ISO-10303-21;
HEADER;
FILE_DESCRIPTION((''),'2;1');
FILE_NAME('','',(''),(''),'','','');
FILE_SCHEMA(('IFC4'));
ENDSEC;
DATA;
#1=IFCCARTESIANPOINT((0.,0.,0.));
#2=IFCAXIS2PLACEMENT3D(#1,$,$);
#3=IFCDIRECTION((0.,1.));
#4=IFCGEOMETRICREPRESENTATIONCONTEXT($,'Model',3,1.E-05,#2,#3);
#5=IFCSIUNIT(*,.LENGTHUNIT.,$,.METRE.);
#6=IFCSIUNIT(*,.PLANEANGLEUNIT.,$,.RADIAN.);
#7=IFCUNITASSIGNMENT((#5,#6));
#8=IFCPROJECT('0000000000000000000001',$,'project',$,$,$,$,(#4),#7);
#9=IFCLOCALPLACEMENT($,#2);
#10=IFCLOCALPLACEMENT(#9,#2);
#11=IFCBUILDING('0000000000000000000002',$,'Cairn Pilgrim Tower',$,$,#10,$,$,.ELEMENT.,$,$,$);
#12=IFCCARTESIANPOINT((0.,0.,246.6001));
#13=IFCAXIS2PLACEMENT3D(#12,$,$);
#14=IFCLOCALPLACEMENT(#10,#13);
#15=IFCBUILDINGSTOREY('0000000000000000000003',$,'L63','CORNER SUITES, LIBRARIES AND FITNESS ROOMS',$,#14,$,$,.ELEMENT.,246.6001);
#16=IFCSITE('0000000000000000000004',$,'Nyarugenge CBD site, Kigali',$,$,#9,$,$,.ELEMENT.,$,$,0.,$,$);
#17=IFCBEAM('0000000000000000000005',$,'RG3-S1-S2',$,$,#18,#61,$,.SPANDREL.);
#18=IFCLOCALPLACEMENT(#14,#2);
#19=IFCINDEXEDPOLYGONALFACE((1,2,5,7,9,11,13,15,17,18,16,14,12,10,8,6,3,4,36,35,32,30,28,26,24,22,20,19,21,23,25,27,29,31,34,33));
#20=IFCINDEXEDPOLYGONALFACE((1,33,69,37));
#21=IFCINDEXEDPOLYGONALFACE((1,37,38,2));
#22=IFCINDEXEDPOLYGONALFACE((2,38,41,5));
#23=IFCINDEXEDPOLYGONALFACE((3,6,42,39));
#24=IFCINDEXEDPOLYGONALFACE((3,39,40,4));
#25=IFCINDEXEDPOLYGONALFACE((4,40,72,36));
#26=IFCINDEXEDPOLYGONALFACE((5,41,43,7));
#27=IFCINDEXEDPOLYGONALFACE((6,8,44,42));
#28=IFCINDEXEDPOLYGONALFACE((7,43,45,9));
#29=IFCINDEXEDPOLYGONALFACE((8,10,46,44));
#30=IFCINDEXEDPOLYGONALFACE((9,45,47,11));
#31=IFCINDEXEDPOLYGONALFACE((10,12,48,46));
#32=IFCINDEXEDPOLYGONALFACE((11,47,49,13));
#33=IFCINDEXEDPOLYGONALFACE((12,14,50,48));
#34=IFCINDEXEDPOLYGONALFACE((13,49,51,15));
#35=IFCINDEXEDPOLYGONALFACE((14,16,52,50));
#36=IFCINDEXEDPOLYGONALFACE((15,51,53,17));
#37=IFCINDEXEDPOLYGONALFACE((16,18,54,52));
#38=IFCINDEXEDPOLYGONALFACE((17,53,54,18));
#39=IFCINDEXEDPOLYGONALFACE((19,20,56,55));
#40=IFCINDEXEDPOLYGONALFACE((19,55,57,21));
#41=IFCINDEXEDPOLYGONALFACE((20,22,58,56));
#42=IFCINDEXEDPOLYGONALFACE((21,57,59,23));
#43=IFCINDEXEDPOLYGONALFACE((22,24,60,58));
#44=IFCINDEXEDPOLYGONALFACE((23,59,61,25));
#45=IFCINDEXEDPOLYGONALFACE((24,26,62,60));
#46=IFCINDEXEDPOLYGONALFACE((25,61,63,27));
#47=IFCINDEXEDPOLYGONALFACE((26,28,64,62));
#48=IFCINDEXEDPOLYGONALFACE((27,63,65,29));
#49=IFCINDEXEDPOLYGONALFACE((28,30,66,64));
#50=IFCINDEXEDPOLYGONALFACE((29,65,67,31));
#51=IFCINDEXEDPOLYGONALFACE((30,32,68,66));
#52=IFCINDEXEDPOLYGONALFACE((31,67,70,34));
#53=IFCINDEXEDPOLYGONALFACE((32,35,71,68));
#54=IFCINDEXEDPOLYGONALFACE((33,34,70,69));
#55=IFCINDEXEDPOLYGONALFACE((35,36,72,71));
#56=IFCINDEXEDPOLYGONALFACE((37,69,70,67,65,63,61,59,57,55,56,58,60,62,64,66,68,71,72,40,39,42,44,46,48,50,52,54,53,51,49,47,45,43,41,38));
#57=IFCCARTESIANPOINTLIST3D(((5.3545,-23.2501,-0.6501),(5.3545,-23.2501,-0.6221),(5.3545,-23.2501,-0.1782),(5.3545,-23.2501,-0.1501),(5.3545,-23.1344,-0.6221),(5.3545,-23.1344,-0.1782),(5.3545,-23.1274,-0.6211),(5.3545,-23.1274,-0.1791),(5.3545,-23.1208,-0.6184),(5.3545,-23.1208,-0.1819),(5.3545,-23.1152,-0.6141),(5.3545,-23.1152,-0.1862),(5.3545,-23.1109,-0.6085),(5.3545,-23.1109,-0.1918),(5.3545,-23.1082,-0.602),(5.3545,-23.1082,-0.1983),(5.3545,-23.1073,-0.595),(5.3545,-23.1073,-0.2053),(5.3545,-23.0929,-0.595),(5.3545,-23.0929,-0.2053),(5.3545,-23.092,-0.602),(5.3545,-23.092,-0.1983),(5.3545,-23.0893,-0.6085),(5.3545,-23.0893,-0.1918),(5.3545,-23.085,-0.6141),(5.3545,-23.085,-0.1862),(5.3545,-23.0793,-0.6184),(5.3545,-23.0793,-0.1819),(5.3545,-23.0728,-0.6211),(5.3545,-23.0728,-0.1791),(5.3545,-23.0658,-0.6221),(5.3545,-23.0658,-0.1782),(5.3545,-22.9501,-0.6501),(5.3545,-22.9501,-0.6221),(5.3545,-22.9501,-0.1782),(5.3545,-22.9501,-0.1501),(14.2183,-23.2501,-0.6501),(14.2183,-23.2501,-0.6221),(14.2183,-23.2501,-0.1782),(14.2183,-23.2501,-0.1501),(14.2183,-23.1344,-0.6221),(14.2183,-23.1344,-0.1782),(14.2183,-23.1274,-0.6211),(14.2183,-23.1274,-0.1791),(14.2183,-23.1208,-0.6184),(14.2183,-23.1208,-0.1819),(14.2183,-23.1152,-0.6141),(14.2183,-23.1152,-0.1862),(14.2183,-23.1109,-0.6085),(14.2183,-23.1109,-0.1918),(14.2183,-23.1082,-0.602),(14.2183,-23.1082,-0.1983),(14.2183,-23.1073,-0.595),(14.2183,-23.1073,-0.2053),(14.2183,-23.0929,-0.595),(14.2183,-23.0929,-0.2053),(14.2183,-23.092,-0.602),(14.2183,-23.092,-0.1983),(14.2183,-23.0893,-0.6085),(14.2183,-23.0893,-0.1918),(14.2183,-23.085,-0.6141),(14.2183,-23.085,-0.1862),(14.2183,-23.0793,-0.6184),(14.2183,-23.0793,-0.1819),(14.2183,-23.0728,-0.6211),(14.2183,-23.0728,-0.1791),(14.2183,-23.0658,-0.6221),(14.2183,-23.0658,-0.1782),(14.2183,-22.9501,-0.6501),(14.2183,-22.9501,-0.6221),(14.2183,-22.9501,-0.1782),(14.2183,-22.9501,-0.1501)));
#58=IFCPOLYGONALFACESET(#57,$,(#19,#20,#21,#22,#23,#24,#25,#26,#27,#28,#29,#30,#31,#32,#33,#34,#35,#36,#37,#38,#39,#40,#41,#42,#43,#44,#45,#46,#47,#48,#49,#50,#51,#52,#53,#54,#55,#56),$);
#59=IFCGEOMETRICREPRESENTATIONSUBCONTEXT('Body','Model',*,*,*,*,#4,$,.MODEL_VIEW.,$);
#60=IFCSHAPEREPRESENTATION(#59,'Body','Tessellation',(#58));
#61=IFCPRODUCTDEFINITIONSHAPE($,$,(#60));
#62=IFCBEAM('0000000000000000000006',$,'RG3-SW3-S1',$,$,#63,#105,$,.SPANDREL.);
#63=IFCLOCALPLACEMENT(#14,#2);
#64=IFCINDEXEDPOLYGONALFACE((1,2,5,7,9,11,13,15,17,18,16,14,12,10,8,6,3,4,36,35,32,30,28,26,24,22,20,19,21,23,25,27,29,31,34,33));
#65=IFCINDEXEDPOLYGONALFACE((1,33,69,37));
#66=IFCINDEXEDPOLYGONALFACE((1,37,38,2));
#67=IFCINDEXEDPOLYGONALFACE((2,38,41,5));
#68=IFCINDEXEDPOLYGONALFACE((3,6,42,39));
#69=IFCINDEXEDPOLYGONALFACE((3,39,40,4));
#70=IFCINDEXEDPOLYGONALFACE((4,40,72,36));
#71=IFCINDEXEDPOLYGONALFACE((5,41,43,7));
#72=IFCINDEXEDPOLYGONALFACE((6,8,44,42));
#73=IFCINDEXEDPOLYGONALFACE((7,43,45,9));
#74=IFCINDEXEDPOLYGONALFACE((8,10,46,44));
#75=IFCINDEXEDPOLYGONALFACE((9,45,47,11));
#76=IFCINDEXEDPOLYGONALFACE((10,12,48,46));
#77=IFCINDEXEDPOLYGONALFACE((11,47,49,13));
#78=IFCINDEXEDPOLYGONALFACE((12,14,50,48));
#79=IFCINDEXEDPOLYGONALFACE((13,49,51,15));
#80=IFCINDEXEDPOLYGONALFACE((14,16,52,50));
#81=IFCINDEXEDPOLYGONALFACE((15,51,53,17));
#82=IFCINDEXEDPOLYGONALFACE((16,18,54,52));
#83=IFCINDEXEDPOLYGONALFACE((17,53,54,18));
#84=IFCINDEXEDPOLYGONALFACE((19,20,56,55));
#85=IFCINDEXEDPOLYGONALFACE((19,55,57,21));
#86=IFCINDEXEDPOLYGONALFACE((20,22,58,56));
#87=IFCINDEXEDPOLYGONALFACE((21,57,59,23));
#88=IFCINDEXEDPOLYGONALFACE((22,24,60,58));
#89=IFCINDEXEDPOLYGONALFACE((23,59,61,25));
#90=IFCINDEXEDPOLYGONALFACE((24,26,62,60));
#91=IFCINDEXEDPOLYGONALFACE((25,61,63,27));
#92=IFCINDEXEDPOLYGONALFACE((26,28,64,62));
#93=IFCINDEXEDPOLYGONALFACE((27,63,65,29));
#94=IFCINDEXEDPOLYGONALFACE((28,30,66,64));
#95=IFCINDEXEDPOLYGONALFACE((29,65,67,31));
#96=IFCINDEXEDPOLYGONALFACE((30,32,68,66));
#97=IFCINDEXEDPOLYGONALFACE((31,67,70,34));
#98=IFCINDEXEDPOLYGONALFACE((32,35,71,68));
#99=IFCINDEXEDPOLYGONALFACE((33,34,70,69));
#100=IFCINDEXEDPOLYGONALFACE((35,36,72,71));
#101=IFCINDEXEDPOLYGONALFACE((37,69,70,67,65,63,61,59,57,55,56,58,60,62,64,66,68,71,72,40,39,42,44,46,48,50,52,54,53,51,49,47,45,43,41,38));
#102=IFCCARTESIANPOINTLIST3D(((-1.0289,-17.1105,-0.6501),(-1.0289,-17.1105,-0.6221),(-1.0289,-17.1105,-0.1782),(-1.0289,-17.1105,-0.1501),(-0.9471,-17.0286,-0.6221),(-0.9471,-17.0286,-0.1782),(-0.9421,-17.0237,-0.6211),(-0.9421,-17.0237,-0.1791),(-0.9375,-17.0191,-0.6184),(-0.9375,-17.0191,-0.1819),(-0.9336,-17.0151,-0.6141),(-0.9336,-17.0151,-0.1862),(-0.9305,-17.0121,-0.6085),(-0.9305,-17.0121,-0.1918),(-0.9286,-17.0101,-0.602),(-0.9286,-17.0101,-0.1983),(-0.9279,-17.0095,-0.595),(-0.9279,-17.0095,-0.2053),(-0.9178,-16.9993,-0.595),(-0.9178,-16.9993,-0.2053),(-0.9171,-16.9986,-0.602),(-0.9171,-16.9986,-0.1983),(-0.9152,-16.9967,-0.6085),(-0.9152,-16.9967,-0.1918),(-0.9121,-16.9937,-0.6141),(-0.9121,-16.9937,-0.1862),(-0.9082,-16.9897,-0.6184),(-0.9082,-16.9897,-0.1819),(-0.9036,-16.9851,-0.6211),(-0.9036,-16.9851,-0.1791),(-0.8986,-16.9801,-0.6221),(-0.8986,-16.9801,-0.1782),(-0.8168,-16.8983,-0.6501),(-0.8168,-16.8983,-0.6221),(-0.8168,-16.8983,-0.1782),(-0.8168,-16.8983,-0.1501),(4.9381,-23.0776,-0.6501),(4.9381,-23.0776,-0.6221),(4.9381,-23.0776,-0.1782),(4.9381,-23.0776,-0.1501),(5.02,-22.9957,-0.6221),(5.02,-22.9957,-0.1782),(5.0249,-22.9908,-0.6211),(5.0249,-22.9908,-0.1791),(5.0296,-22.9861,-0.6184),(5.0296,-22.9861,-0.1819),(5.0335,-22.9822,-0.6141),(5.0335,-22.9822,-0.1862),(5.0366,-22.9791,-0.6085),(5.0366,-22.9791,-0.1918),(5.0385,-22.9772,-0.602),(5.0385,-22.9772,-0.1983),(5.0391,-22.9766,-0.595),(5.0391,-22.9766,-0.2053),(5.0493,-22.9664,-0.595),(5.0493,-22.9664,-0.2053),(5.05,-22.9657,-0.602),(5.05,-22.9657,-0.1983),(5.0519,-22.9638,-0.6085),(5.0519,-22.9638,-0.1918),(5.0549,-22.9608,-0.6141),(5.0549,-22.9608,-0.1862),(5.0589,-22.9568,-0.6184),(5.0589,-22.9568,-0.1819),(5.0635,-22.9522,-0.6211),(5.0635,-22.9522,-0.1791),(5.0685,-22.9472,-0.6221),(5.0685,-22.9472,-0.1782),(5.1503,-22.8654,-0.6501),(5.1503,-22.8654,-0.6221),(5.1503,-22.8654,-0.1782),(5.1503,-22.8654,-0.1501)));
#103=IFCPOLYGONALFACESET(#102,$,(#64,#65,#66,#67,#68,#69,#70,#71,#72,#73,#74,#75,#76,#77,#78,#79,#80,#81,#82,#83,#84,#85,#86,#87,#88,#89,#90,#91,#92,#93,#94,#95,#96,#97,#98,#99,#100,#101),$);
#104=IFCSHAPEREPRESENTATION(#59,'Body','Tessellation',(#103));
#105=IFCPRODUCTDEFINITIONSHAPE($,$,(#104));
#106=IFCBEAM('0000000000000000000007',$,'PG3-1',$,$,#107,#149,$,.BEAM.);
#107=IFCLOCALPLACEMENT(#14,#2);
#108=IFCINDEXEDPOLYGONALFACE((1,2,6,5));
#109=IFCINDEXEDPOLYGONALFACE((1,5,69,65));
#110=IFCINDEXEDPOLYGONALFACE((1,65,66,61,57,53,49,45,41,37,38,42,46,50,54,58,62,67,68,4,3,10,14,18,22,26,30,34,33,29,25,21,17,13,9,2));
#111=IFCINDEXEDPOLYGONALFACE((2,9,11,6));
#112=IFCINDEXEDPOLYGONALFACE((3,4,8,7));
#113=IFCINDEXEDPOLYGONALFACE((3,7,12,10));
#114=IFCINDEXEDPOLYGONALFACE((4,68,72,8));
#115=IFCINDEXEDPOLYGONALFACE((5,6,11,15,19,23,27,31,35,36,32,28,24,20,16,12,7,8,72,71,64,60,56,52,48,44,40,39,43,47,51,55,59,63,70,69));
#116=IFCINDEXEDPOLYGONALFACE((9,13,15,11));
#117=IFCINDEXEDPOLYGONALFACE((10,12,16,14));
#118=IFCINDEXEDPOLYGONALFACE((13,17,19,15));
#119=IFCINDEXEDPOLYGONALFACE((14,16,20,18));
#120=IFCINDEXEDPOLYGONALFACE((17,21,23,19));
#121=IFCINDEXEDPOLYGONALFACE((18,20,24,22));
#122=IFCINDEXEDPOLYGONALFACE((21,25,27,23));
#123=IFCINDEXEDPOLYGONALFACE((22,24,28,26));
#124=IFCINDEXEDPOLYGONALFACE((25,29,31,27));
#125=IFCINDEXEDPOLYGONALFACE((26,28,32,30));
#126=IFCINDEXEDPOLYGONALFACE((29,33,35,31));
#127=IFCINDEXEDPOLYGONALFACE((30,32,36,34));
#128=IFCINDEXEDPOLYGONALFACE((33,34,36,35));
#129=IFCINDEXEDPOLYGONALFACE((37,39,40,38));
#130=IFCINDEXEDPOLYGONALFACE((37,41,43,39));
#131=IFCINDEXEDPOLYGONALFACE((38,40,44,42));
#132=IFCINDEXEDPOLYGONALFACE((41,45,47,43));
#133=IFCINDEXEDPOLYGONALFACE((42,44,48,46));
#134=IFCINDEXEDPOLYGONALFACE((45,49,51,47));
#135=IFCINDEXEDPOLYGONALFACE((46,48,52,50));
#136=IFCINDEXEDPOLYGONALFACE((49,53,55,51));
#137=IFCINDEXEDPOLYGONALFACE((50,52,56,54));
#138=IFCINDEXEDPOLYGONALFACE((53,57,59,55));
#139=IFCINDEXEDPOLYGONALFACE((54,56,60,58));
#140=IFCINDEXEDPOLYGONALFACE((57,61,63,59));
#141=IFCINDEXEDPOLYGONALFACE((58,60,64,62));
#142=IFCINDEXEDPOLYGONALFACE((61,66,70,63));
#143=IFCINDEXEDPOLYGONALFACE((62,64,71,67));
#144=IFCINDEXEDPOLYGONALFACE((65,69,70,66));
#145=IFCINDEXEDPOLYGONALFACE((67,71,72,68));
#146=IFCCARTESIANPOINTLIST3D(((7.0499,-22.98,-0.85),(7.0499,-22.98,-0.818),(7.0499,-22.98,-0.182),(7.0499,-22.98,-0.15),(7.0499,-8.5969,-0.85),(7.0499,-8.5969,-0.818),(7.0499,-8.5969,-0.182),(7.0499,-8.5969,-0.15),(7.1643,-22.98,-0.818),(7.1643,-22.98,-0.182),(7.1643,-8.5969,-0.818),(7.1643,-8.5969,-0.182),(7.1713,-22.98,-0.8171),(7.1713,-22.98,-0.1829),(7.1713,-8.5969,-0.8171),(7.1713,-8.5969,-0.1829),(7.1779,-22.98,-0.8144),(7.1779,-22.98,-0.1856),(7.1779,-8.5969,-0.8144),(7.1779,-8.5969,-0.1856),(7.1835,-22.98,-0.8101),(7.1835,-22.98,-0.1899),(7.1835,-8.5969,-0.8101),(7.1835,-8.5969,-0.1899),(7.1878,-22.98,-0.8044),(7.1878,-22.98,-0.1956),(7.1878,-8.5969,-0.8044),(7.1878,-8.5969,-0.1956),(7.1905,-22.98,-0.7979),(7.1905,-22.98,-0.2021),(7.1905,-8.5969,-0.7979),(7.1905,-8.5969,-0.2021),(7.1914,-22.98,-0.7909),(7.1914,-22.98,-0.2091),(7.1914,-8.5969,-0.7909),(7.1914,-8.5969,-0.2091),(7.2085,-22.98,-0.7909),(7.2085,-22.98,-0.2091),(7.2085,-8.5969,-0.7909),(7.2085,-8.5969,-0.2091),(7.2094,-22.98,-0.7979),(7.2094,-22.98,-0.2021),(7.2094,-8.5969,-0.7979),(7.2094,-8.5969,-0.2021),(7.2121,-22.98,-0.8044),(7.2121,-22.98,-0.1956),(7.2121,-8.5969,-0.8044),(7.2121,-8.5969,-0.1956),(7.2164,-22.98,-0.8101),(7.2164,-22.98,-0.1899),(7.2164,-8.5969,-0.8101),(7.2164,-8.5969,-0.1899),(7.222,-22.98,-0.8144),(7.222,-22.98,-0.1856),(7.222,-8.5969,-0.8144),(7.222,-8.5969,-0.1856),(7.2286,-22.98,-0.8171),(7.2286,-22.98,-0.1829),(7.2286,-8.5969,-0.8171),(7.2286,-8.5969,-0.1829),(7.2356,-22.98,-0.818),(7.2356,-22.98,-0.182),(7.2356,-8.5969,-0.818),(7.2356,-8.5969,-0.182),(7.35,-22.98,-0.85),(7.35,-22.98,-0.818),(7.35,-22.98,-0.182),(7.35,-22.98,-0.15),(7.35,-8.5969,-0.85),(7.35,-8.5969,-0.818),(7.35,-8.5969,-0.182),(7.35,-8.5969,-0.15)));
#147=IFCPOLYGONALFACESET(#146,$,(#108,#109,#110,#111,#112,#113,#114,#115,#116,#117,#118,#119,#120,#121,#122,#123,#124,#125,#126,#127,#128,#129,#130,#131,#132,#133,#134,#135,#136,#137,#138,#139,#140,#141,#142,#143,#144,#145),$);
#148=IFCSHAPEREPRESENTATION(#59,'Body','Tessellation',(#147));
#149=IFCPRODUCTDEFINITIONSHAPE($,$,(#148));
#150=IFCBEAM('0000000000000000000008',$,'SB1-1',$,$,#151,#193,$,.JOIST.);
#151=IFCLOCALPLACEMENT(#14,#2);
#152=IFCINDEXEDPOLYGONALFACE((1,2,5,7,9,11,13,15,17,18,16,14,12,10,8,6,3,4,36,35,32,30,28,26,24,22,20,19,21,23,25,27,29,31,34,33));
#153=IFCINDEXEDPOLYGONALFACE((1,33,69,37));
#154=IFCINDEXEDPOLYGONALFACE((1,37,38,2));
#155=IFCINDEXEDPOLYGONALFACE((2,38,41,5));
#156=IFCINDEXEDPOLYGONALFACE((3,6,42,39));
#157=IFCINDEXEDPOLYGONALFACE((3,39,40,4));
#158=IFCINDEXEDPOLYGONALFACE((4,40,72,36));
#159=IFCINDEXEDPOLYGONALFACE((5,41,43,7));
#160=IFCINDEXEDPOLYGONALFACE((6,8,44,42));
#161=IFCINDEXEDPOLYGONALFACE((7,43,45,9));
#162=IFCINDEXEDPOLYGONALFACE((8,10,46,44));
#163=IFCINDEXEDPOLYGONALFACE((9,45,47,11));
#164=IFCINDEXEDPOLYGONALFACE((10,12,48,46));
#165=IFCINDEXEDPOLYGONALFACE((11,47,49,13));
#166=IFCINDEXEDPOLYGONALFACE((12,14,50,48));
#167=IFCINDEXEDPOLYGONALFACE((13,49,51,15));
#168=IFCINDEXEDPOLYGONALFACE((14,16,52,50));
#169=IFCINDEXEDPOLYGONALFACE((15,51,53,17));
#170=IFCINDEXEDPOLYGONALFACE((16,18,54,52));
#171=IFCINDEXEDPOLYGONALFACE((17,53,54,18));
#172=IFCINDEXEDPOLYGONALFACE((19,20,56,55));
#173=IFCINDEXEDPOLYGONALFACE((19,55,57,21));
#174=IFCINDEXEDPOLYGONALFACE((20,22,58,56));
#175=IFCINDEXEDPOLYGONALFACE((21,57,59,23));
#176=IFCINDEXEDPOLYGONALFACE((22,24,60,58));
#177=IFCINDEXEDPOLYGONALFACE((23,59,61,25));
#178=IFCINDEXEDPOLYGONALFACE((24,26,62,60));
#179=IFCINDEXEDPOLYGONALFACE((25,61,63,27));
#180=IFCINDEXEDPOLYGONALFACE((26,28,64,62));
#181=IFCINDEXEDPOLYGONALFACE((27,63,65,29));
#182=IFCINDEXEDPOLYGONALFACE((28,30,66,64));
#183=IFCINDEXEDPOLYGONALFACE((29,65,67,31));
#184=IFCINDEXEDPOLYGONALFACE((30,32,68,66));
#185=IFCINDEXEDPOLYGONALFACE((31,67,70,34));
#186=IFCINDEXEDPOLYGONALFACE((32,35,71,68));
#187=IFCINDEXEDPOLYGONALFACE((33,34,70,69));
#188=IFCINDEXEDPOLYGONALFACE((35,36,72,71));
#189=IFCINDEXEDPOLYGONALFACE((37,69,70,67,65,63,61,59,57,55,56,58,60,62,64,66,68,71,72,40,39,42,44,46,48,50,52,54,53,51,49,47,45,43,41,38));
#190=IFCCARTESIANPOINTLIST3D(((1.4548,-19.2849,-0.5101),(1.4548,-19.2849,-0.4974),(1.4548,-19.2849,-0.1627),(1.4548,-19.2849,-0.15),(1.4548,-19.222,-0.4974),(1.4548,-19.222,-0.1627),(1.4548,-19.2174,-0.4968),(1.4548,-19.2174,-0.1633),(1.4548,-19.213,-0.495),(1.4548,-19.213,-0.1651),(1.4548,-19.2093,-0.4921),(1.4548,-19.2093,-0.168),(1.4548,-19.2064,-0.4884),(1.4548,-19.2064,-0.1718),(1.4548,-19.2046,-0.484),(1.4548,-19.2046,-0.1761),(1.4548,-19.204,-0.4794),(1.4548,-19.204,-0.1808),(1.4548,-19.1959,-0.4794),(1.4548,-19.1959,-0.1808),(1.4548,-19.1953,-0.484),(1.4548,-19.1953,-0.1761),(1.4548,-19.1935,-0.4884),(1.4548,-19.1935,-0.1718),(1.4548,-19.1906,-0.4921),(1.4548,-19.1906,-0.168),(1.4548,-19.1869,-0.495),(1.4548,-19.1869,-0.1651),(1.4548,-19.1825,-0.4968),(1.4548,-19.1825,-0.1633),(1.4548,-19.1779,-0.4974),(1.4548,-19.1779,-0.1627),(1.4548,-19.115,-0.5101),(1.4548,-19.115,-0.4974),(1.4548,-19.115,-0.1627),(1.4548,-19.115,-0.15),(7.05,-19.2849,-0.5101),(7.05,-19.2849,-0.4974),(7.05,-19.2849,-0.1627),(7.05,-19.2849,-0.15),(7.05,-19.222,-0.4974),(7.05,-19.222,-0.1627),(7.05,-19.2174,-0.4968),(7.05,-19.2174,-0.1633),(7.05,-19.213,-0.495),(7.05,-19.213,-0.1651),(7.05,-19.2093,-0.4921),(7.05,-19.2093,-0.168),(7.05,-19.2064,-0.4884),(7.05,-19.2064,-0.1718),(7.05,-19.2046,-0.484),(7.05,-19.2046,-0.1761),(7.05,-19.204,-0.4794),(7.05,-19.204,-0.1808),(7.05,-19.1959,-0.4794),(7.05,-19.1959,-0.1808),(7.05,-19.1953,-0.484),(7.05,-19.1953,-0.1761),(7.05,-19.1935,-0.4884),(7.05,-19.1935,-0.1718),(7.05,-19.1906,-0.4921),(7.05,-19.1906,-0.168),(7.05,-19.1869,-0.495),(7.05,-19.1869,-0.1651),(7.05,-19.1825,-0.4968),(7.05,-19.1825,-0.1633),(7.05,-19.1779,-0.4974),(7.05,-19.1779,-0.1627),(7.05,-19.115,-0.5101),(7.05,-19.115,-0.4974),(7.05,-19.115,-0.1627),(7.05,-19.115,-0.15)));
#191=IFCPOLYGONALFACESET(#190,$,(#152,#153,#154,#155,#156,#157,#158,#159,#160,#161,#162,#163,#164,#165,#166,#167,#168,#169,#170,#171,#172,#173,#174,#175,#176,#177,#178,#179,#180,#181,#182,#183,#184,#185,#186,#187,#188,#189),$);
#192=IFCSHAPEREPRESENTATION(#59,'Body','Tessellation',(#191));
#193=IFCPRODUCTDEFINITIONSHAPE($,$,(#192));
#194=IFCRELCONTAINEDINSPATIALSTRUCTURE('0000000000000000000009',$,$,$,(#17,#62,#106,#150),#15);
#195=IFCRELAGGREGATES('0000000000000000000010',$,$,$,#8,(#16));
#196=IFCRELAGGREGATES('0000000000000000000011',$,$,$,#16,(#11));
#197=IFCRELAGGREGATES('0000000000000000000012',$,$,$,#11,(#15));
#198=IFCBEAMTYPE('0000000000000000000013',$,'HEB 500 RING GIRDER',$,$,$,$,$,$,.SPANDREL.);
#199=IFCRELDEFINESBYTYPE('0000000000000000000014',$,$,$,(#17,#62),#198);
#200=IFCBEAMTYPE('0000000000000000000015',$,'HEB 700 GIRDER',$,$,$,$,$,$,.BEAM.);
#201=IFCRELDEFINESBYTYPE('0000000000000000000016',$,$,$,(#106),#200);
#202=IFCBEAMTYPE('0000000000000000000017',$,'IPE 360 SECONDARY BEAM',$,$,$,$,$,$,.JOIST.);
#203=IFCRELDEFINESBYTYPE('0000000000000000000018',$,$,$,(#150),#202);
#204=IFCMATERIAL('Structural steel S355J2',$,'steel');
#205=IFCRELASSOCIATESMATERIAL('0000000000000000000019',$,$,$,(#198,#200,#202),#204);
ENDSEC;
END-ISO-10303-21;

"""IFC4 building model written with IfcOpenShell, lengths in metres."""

from ifc_helpers import new_model, si_unit, direction, frame, origin, origin_2d, place, context, subcontext, project, spatial, i_section, extrude, material, material_profile, profile_set, type_object, element, save


model = new_model("IFC4")

# Units and contexts
model_context = context("Model", 3, precision=1e-05, world=origin(), true_north=direction((0.0, 1.0)))
body_context = subcontext(model_context, "Body", "Model", "MODEL_VIEW")
ifc_project = project(units=[si_unit("LENGTHUNIT", "METRE"), si_unit("PLANEANGLEUNIT", "RADIAN")], contexts=[model_context])

# Site, building, storey
site_placement = place(None, origin())
site = spatial("IfcSite", under=ifc_project, at=site_placement, Name="Nyarugenge CBD site, Kigali", CompositionType="ELEMENT", RefElevation=0.0)
building_placement = place(site_placement, origin())
building = spatial("IfcBuilding", under=site, at=building_placement, Name="Cairn Pilgrim Tower", CompositionType="ELEMENT")
storey_placement = place(building_placement, frame((0.0, 0.0, 246.6001)))
storey = spatial("IfcBuildingStorey", under=building, at=storey_placement, Name="L63", Description="CORNER SUITES, LIBRARIES AND FITNESS ROOMS", CompositionType="ELEMENT", Elevation=246.6001)

# Beams
ifc_material_1 = material(Name="Structural steel S355J2", Category="steel")
ifc_material_profile_1 = material_profile(ifc_material_1, i_section(OverallWidth=0.3, OverallDepth=0.5, WebThickness=0.0144, FlangeThickness=0.0281, FilletRadius=0.0271, at=origin_2d()), Name="HEB 500")
ifc_profile_set_1 = profile_set([ifc_material_profile_1], Name="Structural steel S355J2")
beam_type_1 = type_object("IfcBeamType", Name="HEB 500 RING GIRDER", PredefinedType="SPANDREL", material=ifc_profile_set_1)
beam_1_placement = place(storey_placement, frame((5.3545, -23.1001, -0.4001), z_axis=(1.0, 0.0, 0.0), x_axis=(0.0, 1.0, 0.0)))
element("IfcBeam", 1, at=beam_1_placement, inside=storey, type_object=beam_type_1, Name="RG3-S1-S2", PredefinedType="SPANDREL", context=body_context, shape_type="SweptSolid", body=[
    extrude(i_section(OverallWidth=0.3, OverallDepth=0.5, WebThickness=0.0144, FlangeThickness=0.0281, FilletRadius=0.0271, at=origin_2d()), origin(), (0.0, 0.0, 1.0), 8.8638),
])
beam_2_placement = place(storey_placement, frame((-0.9229, -17.0044, -0.4001), z_axis=(0.707107, -0.707107, 0.0), x_axis=(0.707107, 0.707107, 0.0)))
element("IfcBeam", 2, at=beam_2_placement, inside=storey, type_object=beam_type_1, Name="RG3-SW3-S1", PredefinedType="SPANDREL", context=body_context, shape_type="SweptSolid", body=[
    extrude(i_section(OverallWidth=0.3, OverallDepth=0.5, WebThickness=0.0144, FlangeThickness=0.0281, FilletRadius=0.0271, at=origin_2d()), origin(), (0.0, 0.0, 1.0), 8.4387),
])
ifc_material_profile_2 = material_profile(ifc_material_1, i_section(OverallWidth=0.3, OverallDepth=0.7, WebThickness=0.0171, FlangeThickness=0.032, FilletRadius=0.0271, at=origin_2d()), Name="HEB 700")
ifc_profile_set_2 = profile_set([ifc_material_profile_2], Name="Structural steel S355J2")
beam_type_2 = type_object("IfcBeamType", Name="HEB 700 GIRDER", PredefinedType="BEAM", material=ifc_profile_set_2)
beam_3_placement = place(storey_placement, frame((7.2, -22.98, -0.5), z_axis=(0.0, 1.0, 0.0), x_axis=(-1.0, 0.0, 0.0)))
element("IfcBeam", 3, at=beam_3_placement, inside=storey, type_object=beam_type_2, Name="PG3-1", PredefinedType="BEAM", context=body_context, shape_type="SweptSolid", body=[
    extrude(i_section(OverallWidth=0.3, OverallDepth=0.7, WebThickness=0.0171, FlangeThickness=0.032, FilletRadius=0.0271, at=origin_2d()), origin(), (0.0, 0.0, 1.0), 14.3831),
])
ifc_material_profile_3 = material_profile(ifc_material_1, i_section(OverallWidth=0.1699, OverallDepth=0.3601, WebThickness=0.0081, FlangeThickness=0.0127, FilletRadius=0.0181, at=origin_2d()), Name="IPE 360")
ifc_profile_set_3 = profile_set([ifc_material_profile_3], Name="Structural steel S355J2")
beam_type_3 = type_object("IfcBeamType", Name="IPE 360 SECONDARY BEAM", PredefinedType="JOIST", material=ifc_profile_set_3)
beam_4_placement = place(storey_placement, frame((1.4548, -19.2, -0.3301), z_axis=(1.0, 0.0, 0.0), x_axis=(0.0, 1.0, 0.0)))
element("IfcBeam", 4, at=beam_4_placement, inside=storey, type_object=beam_type_3, Name="SB1-1", PredefinedType="JOIST", context=body_context, shape_type="SweptSolid", body=[
    extrude(i_section(OverallWidth=0.1699, OverallDepth=0.3601, WebThickness=0.0081, FlangeThickness=0.0127, FilletRadius=0.0181, at=origin_2d()), origin(), (0.0, 0.0, 1.0), 5.5952),
])

save(model, "model.ifc")
